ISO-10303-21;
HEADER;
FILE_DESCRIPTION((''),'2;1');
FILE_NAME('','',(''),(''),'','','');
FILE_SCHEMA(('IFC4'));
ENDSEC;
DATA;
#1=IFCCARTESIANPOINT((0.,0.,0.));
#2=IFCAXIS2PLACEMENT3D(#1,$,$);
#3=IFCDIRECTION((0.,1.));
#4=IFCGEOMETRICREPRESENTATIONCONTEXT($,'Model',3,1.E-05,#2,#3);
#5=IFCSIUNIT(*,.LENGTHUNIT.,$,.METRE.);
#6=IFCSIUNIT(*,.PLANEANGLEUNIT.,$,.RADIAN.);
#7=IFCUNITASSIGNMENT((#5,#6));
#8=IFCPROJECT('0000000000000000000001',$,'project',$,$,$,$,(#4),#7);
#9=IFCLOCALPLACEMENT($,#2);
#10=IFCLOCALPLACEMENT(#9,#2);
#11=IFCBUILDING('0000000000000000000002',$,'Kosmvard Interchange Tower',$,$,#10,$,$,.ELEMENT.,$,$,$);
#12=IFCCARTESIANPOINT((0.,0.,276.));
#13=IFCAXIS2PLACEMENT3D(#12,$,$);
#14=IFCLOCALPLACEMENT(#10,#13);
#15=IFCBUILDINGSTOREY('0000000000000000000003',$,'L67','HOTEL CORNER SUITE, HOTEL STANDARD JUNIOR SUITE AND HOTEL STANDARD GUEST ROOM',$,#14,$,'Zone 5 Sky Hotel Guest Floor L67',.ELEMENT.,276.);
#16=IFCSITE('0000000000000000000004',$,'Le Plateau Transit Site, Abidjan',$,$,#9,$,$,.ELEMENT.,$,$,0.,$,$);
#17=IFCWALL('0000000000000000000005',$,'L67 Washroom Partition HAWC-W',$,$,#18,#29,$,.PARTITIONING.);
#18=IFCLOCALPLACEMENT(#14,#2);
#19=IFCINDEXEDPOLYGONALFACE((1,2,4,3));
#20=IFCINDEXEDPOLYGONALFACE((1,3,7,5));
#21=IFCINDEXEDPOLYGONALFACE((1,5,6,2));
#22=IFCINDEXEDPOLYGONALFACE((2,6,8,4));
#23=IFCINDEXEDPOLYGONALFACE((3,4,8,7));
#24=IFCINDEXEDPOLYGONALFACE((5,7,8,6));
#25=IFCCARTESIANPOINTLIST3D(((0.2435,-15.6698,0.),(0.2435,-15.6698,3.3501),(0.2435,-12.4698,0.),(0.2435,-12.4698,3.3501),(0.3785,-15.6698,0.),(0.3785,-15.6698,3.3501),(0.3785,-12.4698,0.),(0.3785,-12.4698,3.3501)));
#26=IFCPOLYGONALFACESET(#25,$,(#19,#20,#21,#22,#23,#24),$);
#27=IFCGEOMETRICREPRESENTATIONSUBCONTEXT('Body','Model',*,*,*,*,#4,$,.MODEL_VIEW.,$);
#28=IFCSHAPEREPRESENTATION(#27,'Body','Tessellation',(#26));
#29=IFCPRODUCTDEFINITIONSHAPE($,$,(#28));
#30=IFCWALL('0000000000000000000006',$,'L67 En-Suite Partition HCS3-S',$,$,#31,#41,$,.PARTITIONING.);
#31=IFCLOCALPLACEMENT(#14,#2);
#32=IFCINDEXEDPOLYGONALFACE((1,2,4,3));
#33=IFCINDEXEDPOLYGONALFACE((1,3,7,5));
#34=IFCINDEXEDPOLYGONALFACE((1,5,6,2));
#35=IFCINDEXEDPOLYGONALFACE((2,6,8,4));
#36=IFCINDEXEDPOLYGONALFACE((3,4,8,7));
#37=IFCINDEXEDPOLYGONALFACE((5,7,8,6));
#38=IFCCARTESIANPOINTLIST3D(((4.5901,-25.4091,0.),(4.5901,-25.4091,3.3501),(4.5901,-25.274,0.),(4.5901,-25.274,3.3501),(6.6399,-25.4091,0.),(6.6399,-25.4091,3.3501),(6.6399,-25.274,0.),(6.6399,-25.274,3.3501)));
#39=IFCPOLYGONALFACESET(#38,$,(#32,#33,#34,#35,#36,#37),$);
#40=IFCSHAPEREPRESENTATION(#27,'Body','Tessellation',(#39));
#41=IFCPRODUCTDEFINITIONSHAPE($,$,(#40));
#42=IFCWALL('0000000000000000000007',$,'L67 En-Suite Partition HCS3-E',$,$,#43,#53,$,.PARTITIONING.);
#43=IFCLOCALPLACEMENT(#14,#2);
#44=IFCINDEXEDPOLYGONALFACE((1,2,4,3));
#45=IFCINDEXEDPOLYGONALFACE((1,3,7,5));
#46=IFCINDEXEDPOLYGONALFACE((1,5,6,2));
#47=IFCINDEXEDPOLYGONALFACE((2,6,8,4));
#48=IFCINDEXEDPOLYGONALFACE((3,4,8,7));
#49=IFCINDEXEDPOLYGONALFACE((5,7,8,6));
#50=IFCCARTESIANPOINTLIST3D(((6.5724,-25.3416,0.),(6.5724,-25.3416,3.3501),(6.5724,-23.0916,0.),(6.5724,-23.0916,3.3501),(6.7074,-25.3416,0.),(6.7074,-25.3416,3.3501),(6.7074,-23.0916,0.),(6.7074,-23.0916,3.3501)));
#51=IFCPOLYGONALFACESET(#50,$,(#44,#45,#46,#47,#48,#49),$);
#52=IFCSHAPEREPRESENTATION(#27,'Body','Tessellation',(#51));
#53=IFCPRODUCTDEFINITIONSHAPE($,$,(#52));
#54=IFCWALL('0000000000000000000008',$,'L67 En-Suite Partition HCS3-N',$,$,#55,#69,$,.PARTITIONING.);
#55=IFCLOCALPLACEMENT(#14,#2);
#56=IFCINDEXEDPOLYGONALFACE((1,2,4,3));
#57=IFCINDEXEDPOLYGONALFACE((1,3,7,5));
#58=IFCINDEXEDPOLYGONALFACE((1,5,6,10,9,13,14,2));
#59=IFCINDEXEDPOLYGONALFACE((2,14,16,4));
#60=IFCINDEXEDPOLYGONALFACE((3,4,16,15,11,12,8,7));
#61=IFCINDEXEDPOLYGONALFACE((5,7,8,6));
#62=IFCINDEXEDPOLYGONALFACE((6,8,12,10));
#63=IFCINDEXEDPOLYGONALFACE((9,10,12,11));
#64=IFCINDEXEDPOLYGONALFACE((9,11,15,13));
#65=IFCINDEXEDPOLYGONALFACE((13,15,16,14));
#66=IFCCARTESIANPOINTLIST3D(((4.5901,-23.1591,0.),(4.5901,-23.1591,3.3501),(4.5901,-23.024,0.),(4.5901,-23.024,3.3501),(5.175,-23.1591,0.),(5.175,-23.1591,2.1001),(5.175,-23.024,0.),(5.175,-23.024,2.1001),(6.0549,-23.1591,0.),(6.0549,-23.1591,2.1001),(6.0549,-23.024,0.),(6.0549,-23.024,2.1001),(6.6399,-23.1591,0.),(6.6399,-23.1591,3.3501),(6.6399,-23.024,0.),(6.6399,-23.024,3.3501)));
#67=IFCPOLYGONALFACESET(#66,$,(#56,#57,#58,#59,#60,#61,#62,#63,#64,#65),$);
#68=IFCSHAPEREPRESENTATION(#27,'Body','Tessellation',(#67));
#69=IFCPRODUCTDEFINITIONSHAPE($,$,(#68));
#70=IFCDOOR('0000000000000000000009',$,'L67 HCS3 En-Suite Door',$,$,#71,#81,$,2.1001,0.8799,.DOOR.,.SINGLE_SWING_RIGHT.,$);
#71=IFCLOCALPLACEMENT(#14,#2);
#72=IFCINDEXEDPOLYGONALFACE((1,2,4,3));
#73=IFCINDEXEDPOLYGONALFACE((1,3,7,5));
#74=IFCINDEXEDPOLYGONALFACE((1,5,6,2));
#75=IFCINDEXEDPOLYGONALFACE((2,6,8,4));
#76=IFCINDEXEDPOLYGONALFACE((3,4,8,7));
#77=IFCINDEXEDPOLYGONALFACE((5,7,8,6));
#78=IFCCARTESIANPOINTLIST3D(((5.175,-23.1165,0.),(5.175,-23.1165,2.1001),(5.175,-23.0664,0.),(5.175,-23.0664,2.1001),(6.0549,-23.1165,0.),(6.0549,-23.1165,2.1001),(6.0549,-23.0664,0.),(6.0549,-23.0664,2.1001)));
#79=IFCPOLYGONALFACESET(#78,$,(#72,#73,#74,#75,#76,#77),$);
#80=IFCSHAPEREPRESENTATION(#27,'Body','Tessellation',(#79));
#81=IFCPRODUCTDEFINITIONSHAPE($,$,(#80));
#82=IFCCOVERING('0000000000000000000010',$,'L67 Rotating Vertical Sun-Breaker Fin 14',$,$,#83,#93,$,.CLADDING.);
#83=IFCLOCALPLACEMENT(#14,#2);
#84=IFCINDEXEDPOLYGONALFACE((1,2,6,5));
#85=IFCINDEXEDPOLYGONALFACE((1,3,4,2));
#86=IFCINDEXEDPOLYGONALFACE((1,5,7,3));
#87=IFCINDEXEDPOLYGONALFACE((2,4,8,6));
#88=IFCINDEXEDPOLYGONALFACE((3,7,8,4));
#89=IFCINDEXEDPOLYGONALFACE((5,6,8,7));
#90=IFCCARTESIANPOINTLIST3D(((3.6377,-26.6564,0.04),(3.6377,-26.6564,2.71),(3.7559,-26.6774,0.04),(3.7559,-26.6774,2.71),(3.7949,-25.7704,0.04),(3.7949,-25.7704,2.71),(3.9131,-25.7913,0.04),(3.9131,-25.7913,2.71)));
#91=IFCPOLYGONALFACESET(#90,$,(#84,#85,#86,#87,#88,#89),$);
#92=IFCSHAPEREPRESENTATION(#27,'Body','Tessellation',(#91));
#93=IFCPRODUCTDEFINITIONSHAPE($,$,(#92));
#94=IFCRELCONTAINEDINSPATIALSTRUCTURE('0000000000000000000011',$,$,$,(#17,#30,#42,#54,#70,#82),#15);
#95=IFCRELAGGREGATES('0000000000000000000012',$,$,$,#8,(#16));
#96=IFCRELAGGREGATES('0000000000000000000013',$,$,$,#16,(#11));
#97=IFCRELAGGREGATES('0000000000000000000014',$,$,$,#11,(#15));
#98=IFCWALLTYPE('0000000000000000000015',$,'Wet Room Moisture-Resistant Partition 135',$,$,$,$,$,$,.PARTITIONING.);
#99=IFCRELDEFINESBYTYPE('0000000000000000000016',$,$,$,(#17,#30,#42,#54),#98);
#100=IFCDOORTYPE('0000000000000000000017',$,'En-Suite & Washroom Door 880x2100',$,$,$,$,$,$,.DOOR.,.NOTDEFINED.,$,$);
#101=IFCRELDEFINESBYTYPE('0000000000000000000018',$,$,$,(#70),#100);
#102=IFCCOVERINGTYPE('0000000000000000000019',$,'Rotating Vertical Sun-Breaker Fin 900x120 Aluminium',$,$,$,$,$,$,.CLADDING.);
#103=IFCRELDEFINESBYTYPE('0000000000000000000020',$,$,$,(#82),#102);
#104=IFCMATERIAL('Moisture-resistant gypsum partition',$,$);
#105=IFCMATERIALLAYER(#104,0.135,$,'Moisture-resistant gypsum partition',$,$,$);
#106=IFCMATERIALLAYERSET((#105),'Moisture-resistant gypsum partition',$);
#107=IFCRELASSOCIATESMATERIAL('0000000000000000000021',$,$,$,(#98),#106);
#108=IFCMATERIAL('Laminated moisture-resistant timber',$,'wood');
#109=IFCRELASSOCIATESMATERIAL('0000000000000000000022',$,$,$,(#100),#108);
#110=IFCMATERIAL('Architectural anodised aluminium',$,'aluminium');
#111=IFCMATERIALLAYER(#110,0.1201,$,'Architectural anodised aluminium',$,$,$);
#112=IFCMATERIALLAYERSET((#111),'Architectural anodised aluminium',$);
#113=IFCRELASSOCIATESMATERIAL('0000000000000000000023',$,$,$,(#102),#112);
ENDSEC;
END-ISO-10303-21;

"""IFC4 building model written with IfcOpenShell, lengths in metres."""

from ifc_helpers import new_model, si_unit, direction, frame, frame_2d, origin, origin_2d, place, context, subcontext, project, spatial, rectangle, extrude, source, transform, mapped, material, layer, layer_set, type_object, element, fill, save


model = new_model("IFC4")

# Units and contexts
model_context = context("Model", 3, precision=1e-05, world=origin(), true_north=direction((0.0, 1.0)))
body_context = subcontext(model_context, "Body", "Model", "MODEL_VIEW")
ifc_project = project(units=[si_unit("LENGTHUNIT", "METRE"), si_unit("PLANEANGLEUNIT", "RADIAN")], contexts=[model_context])

# Site, building, storey
site_placement = place(None, origin())
site = spatial("IfcSite", under=ifc_project, at=site_placement, Name="Le Plateau Transit Site, Abidjan", CompositionType="ELEMENT", RefElevation=0.0)
building_placement = place(site_placement, origin())
building = spatial("IfcBuilding", under=site, at=building_placement, Name="Kosmvard Interchange Tower", CompositionType="ELEMENT")
storey_placement = place(building_placement, frame((0.0, 0.0, 276.0)))
storey = spatial("IfcBuildingStorey", under=building, at=storey_placement, Name="L67", Description="HOTEL CORNER SUITE, HOTEL STANDARD JUNIOR SUITE AND HOTEL STANDARD GUEST ROOM", LongName="Zone 5 Sky Hotel Guest Floor L67", CompositionType="ELEMENT", Elevation=276.0)

# Walls
ifc_material_1 = material(Name="Moisture-resistant gypsum partition")
ifc_layer_1 = layer(ifc_material_1, 0.135, Name="Moisture-resistant gypsum partition")
ifc_layer_set_1 = layer_set([ifc_layer_1], Name="Moisture-resistant gypsum partition")
wall_type_1 = type_object("IfcWallType", Name="Wet Room Moisture-Resistant Partition 135", PredefinedType="PARTITIONING", material=ifc_layer_set_1)
for number, where, z_axis, x_axis, name in (
    (1, (0.311, -15.6699, 0.0), (0.0, 0.0, 1.0), (0.0, 1.0, 0.0), "L67 Washroom Partition HAWC-W"),
):
    element("IfcWall", number, at=place(storey_placement, frame(where, z_axis=z_axis, x_axis=x_axis)), inside=storey, type_object=wall_type_1, Name=name, PredefinedType="PARTITIONING", context=body_context, shape_type="SweptSolid", body=[
        extrude(rectangle(XDim=3.2, YDim=0.135, at=frame_2d((1.6001, 0.0))), origin(), (0.0, 0.0, 1.0), 3.3501),
    ])
wall_1_placement = place(storey_placement, frame((4.5901, -25.3416, 0.0), z_axis=(0.0, 0.0, 1.0), x_axis=(1.0, 0.0, 0.0)))
element("IfcWall", 2, at=wall_1_placement, inside=storey, type_object=wall_type_1, Name="L67 En-Suite Partition HCS3-S", PredefinedType="PARTITIONING", context=body_context, shape_type="SweptSolid", body=[
    extrude(rectangle(XDim=2.0498, YDim=0.135, at=frame_2d((1.0249, 0.0))), origin(), (0.0, 0.0, 1.0), 3.3501),
])
wall_2_placement = place(storey_placement, frame((6.6399, -25.3416, 0.0), z_axis=(0.0, 0.0, 1.0), x_axis=(0.0, 1.0, 0.0)))
element("IfcWall", 3, at=wall_2_placement, inside=storey, type_object=wall_type_1, Name="L67 En-Suite Partition HCS3-E", PredefinedType="PARTITIONING", context=body_context, shape_type="SweptSolid", body=[
    extrude(rectangle(XDim=2.25, YDim=0.135, at=frame_2d((1.125, 0.0))), origin(), (0.0, 0.0, 1.0), 3.3501),
])

# Wall, opening, door
wall_3_placement = place(storey_placement, frame((4.5901, -23.0916, 0.0), z_axis=(0.0, 0.0, 1.0), x_axis=(1.0, 0.0, 0.0)))
wall_3 = element("IfcWall", 4, at=wall_3_placement, inside=storey, type_object=wall_type_1, Name="L67 En-Suite Partition HCS3-N", PredefinedType="PARTITIONING", context=body_context, shape_type="SweptSolid", body=[
    extrude(rectangle(XDim=2.0498, YDim=0.135, at=frame_2d((1.0249, 0.0))), origin(), (0.0, 0.0, 1.0), 3.3501),
])
opening_1_placement = place(wall_3_placement, frame((0.585, 0.0, 0.0)))
opening_1 = element("IfcOpeningElement", 5, at=opening_1_placement, cuts=wall_3, PredefinedType="OPENING", context=body_context, shape_type="SweptSolid", body=[
    extrude(rectangle(XDim=0.8799, YDim=2.1001, at=frame_2d((0.4399, 1.05))), frame((0.0, 0.0776, 0.0), z_axis=(0.0, -1.0, 0.0), x_axis=(1.0, 0.0, 0.0)), (0.0, 0.0, 1.0), 0.155),
])
ifc_material_2 = material(Name="Laminated moisture-resistant timber", Category="wood")
door_type = type_object("IfcDoorType", Name="En-Suite & Washroom Door 880x2100", OperationType="NOTDEFINED", PredefinedType="DOOR", material=ifc_material_2)
shared_shape_1 = source(origin(), body_context, "Body", "SweptSolid", [
    extrude(rectangle(XDim=0.8799, YDim=2.1001, at=frame_2d((0.4399, 1.05))), frame((0.0, 0.0249, 0.0), z_axis=(0.0, -1.0, 0.0), x_axis=(1.0, 0.0, 0.0)), (0.0, 0.0, 1.0), 0.05),
])
door_placement = place(opening_1_placement, frame((0.8799, 0.0, 0.0), z_axis=(0.0, 0.0, 1.0), x_axis=(-1.0, 0.0, 0.0)))
door = element("IfcDoor", 6, at=door_placement, inside=storey, type_object=door_type, Name="L67 HCS3 En-Suite Door", OperationType="SINGLE_SWING_RIGHT", OverallHeight=2.1001, OverallWidth=0.8799, PredefinedType="DOOR", context=body_context, shape_type="MappedRepresentation", body=[
    mapped(shared_shape_1, transform((0.0, 0.0, 0.0), scale=1.0)),
])
fill(opening_1, door)

# Covering
ifc_material_3 = material(Name="Architectural anodised aluminium", Category="aluminium")
ifc_layer_2 = layer(ifc_material_3, 0.1201, Name="Architectural anodised aluminium")
ifc_layer_set_2 = layer_set([ifc_layer_2], Name="Architectural anodised aluminium")
covering_type = type_object("IfcCoveringType", Name="Rotating Vertical Sun-Breaker Fin 900x120 Aluminium", PredefinedType="CLADDING", material=ifc_layer_set_2)
shared_shape_2 = source(origin(), body_context, "Body", "SweptSolid", [
    extrude(rectangle(XDim=0.8999, YDim=0.1201, at=origin_2d()), origin(), (0.0, 0.0, 1.0), 2.6699),
])
covering_placement = place(storey_placement, frame((3.7754, -26.2239, 0.04), z_axis=(0.0, 0.0, 1.0), x_axis=(-0.174679, -0.984625, 0.0)))
element("IfcCovering", 7, at=covering_placement, inside=storey, type_object=covering_type, Name="L67 Rotating Vertical Sun-Breaker Fin 14", PredefinedType="CLADDING", context=body_context, shape_type="MappedRepresentation", body=[
    mapped(shared_shape_2, transform((0.0, 0.0, 0.0), scale=1.0)),
])

save(model, "model.ifc")
